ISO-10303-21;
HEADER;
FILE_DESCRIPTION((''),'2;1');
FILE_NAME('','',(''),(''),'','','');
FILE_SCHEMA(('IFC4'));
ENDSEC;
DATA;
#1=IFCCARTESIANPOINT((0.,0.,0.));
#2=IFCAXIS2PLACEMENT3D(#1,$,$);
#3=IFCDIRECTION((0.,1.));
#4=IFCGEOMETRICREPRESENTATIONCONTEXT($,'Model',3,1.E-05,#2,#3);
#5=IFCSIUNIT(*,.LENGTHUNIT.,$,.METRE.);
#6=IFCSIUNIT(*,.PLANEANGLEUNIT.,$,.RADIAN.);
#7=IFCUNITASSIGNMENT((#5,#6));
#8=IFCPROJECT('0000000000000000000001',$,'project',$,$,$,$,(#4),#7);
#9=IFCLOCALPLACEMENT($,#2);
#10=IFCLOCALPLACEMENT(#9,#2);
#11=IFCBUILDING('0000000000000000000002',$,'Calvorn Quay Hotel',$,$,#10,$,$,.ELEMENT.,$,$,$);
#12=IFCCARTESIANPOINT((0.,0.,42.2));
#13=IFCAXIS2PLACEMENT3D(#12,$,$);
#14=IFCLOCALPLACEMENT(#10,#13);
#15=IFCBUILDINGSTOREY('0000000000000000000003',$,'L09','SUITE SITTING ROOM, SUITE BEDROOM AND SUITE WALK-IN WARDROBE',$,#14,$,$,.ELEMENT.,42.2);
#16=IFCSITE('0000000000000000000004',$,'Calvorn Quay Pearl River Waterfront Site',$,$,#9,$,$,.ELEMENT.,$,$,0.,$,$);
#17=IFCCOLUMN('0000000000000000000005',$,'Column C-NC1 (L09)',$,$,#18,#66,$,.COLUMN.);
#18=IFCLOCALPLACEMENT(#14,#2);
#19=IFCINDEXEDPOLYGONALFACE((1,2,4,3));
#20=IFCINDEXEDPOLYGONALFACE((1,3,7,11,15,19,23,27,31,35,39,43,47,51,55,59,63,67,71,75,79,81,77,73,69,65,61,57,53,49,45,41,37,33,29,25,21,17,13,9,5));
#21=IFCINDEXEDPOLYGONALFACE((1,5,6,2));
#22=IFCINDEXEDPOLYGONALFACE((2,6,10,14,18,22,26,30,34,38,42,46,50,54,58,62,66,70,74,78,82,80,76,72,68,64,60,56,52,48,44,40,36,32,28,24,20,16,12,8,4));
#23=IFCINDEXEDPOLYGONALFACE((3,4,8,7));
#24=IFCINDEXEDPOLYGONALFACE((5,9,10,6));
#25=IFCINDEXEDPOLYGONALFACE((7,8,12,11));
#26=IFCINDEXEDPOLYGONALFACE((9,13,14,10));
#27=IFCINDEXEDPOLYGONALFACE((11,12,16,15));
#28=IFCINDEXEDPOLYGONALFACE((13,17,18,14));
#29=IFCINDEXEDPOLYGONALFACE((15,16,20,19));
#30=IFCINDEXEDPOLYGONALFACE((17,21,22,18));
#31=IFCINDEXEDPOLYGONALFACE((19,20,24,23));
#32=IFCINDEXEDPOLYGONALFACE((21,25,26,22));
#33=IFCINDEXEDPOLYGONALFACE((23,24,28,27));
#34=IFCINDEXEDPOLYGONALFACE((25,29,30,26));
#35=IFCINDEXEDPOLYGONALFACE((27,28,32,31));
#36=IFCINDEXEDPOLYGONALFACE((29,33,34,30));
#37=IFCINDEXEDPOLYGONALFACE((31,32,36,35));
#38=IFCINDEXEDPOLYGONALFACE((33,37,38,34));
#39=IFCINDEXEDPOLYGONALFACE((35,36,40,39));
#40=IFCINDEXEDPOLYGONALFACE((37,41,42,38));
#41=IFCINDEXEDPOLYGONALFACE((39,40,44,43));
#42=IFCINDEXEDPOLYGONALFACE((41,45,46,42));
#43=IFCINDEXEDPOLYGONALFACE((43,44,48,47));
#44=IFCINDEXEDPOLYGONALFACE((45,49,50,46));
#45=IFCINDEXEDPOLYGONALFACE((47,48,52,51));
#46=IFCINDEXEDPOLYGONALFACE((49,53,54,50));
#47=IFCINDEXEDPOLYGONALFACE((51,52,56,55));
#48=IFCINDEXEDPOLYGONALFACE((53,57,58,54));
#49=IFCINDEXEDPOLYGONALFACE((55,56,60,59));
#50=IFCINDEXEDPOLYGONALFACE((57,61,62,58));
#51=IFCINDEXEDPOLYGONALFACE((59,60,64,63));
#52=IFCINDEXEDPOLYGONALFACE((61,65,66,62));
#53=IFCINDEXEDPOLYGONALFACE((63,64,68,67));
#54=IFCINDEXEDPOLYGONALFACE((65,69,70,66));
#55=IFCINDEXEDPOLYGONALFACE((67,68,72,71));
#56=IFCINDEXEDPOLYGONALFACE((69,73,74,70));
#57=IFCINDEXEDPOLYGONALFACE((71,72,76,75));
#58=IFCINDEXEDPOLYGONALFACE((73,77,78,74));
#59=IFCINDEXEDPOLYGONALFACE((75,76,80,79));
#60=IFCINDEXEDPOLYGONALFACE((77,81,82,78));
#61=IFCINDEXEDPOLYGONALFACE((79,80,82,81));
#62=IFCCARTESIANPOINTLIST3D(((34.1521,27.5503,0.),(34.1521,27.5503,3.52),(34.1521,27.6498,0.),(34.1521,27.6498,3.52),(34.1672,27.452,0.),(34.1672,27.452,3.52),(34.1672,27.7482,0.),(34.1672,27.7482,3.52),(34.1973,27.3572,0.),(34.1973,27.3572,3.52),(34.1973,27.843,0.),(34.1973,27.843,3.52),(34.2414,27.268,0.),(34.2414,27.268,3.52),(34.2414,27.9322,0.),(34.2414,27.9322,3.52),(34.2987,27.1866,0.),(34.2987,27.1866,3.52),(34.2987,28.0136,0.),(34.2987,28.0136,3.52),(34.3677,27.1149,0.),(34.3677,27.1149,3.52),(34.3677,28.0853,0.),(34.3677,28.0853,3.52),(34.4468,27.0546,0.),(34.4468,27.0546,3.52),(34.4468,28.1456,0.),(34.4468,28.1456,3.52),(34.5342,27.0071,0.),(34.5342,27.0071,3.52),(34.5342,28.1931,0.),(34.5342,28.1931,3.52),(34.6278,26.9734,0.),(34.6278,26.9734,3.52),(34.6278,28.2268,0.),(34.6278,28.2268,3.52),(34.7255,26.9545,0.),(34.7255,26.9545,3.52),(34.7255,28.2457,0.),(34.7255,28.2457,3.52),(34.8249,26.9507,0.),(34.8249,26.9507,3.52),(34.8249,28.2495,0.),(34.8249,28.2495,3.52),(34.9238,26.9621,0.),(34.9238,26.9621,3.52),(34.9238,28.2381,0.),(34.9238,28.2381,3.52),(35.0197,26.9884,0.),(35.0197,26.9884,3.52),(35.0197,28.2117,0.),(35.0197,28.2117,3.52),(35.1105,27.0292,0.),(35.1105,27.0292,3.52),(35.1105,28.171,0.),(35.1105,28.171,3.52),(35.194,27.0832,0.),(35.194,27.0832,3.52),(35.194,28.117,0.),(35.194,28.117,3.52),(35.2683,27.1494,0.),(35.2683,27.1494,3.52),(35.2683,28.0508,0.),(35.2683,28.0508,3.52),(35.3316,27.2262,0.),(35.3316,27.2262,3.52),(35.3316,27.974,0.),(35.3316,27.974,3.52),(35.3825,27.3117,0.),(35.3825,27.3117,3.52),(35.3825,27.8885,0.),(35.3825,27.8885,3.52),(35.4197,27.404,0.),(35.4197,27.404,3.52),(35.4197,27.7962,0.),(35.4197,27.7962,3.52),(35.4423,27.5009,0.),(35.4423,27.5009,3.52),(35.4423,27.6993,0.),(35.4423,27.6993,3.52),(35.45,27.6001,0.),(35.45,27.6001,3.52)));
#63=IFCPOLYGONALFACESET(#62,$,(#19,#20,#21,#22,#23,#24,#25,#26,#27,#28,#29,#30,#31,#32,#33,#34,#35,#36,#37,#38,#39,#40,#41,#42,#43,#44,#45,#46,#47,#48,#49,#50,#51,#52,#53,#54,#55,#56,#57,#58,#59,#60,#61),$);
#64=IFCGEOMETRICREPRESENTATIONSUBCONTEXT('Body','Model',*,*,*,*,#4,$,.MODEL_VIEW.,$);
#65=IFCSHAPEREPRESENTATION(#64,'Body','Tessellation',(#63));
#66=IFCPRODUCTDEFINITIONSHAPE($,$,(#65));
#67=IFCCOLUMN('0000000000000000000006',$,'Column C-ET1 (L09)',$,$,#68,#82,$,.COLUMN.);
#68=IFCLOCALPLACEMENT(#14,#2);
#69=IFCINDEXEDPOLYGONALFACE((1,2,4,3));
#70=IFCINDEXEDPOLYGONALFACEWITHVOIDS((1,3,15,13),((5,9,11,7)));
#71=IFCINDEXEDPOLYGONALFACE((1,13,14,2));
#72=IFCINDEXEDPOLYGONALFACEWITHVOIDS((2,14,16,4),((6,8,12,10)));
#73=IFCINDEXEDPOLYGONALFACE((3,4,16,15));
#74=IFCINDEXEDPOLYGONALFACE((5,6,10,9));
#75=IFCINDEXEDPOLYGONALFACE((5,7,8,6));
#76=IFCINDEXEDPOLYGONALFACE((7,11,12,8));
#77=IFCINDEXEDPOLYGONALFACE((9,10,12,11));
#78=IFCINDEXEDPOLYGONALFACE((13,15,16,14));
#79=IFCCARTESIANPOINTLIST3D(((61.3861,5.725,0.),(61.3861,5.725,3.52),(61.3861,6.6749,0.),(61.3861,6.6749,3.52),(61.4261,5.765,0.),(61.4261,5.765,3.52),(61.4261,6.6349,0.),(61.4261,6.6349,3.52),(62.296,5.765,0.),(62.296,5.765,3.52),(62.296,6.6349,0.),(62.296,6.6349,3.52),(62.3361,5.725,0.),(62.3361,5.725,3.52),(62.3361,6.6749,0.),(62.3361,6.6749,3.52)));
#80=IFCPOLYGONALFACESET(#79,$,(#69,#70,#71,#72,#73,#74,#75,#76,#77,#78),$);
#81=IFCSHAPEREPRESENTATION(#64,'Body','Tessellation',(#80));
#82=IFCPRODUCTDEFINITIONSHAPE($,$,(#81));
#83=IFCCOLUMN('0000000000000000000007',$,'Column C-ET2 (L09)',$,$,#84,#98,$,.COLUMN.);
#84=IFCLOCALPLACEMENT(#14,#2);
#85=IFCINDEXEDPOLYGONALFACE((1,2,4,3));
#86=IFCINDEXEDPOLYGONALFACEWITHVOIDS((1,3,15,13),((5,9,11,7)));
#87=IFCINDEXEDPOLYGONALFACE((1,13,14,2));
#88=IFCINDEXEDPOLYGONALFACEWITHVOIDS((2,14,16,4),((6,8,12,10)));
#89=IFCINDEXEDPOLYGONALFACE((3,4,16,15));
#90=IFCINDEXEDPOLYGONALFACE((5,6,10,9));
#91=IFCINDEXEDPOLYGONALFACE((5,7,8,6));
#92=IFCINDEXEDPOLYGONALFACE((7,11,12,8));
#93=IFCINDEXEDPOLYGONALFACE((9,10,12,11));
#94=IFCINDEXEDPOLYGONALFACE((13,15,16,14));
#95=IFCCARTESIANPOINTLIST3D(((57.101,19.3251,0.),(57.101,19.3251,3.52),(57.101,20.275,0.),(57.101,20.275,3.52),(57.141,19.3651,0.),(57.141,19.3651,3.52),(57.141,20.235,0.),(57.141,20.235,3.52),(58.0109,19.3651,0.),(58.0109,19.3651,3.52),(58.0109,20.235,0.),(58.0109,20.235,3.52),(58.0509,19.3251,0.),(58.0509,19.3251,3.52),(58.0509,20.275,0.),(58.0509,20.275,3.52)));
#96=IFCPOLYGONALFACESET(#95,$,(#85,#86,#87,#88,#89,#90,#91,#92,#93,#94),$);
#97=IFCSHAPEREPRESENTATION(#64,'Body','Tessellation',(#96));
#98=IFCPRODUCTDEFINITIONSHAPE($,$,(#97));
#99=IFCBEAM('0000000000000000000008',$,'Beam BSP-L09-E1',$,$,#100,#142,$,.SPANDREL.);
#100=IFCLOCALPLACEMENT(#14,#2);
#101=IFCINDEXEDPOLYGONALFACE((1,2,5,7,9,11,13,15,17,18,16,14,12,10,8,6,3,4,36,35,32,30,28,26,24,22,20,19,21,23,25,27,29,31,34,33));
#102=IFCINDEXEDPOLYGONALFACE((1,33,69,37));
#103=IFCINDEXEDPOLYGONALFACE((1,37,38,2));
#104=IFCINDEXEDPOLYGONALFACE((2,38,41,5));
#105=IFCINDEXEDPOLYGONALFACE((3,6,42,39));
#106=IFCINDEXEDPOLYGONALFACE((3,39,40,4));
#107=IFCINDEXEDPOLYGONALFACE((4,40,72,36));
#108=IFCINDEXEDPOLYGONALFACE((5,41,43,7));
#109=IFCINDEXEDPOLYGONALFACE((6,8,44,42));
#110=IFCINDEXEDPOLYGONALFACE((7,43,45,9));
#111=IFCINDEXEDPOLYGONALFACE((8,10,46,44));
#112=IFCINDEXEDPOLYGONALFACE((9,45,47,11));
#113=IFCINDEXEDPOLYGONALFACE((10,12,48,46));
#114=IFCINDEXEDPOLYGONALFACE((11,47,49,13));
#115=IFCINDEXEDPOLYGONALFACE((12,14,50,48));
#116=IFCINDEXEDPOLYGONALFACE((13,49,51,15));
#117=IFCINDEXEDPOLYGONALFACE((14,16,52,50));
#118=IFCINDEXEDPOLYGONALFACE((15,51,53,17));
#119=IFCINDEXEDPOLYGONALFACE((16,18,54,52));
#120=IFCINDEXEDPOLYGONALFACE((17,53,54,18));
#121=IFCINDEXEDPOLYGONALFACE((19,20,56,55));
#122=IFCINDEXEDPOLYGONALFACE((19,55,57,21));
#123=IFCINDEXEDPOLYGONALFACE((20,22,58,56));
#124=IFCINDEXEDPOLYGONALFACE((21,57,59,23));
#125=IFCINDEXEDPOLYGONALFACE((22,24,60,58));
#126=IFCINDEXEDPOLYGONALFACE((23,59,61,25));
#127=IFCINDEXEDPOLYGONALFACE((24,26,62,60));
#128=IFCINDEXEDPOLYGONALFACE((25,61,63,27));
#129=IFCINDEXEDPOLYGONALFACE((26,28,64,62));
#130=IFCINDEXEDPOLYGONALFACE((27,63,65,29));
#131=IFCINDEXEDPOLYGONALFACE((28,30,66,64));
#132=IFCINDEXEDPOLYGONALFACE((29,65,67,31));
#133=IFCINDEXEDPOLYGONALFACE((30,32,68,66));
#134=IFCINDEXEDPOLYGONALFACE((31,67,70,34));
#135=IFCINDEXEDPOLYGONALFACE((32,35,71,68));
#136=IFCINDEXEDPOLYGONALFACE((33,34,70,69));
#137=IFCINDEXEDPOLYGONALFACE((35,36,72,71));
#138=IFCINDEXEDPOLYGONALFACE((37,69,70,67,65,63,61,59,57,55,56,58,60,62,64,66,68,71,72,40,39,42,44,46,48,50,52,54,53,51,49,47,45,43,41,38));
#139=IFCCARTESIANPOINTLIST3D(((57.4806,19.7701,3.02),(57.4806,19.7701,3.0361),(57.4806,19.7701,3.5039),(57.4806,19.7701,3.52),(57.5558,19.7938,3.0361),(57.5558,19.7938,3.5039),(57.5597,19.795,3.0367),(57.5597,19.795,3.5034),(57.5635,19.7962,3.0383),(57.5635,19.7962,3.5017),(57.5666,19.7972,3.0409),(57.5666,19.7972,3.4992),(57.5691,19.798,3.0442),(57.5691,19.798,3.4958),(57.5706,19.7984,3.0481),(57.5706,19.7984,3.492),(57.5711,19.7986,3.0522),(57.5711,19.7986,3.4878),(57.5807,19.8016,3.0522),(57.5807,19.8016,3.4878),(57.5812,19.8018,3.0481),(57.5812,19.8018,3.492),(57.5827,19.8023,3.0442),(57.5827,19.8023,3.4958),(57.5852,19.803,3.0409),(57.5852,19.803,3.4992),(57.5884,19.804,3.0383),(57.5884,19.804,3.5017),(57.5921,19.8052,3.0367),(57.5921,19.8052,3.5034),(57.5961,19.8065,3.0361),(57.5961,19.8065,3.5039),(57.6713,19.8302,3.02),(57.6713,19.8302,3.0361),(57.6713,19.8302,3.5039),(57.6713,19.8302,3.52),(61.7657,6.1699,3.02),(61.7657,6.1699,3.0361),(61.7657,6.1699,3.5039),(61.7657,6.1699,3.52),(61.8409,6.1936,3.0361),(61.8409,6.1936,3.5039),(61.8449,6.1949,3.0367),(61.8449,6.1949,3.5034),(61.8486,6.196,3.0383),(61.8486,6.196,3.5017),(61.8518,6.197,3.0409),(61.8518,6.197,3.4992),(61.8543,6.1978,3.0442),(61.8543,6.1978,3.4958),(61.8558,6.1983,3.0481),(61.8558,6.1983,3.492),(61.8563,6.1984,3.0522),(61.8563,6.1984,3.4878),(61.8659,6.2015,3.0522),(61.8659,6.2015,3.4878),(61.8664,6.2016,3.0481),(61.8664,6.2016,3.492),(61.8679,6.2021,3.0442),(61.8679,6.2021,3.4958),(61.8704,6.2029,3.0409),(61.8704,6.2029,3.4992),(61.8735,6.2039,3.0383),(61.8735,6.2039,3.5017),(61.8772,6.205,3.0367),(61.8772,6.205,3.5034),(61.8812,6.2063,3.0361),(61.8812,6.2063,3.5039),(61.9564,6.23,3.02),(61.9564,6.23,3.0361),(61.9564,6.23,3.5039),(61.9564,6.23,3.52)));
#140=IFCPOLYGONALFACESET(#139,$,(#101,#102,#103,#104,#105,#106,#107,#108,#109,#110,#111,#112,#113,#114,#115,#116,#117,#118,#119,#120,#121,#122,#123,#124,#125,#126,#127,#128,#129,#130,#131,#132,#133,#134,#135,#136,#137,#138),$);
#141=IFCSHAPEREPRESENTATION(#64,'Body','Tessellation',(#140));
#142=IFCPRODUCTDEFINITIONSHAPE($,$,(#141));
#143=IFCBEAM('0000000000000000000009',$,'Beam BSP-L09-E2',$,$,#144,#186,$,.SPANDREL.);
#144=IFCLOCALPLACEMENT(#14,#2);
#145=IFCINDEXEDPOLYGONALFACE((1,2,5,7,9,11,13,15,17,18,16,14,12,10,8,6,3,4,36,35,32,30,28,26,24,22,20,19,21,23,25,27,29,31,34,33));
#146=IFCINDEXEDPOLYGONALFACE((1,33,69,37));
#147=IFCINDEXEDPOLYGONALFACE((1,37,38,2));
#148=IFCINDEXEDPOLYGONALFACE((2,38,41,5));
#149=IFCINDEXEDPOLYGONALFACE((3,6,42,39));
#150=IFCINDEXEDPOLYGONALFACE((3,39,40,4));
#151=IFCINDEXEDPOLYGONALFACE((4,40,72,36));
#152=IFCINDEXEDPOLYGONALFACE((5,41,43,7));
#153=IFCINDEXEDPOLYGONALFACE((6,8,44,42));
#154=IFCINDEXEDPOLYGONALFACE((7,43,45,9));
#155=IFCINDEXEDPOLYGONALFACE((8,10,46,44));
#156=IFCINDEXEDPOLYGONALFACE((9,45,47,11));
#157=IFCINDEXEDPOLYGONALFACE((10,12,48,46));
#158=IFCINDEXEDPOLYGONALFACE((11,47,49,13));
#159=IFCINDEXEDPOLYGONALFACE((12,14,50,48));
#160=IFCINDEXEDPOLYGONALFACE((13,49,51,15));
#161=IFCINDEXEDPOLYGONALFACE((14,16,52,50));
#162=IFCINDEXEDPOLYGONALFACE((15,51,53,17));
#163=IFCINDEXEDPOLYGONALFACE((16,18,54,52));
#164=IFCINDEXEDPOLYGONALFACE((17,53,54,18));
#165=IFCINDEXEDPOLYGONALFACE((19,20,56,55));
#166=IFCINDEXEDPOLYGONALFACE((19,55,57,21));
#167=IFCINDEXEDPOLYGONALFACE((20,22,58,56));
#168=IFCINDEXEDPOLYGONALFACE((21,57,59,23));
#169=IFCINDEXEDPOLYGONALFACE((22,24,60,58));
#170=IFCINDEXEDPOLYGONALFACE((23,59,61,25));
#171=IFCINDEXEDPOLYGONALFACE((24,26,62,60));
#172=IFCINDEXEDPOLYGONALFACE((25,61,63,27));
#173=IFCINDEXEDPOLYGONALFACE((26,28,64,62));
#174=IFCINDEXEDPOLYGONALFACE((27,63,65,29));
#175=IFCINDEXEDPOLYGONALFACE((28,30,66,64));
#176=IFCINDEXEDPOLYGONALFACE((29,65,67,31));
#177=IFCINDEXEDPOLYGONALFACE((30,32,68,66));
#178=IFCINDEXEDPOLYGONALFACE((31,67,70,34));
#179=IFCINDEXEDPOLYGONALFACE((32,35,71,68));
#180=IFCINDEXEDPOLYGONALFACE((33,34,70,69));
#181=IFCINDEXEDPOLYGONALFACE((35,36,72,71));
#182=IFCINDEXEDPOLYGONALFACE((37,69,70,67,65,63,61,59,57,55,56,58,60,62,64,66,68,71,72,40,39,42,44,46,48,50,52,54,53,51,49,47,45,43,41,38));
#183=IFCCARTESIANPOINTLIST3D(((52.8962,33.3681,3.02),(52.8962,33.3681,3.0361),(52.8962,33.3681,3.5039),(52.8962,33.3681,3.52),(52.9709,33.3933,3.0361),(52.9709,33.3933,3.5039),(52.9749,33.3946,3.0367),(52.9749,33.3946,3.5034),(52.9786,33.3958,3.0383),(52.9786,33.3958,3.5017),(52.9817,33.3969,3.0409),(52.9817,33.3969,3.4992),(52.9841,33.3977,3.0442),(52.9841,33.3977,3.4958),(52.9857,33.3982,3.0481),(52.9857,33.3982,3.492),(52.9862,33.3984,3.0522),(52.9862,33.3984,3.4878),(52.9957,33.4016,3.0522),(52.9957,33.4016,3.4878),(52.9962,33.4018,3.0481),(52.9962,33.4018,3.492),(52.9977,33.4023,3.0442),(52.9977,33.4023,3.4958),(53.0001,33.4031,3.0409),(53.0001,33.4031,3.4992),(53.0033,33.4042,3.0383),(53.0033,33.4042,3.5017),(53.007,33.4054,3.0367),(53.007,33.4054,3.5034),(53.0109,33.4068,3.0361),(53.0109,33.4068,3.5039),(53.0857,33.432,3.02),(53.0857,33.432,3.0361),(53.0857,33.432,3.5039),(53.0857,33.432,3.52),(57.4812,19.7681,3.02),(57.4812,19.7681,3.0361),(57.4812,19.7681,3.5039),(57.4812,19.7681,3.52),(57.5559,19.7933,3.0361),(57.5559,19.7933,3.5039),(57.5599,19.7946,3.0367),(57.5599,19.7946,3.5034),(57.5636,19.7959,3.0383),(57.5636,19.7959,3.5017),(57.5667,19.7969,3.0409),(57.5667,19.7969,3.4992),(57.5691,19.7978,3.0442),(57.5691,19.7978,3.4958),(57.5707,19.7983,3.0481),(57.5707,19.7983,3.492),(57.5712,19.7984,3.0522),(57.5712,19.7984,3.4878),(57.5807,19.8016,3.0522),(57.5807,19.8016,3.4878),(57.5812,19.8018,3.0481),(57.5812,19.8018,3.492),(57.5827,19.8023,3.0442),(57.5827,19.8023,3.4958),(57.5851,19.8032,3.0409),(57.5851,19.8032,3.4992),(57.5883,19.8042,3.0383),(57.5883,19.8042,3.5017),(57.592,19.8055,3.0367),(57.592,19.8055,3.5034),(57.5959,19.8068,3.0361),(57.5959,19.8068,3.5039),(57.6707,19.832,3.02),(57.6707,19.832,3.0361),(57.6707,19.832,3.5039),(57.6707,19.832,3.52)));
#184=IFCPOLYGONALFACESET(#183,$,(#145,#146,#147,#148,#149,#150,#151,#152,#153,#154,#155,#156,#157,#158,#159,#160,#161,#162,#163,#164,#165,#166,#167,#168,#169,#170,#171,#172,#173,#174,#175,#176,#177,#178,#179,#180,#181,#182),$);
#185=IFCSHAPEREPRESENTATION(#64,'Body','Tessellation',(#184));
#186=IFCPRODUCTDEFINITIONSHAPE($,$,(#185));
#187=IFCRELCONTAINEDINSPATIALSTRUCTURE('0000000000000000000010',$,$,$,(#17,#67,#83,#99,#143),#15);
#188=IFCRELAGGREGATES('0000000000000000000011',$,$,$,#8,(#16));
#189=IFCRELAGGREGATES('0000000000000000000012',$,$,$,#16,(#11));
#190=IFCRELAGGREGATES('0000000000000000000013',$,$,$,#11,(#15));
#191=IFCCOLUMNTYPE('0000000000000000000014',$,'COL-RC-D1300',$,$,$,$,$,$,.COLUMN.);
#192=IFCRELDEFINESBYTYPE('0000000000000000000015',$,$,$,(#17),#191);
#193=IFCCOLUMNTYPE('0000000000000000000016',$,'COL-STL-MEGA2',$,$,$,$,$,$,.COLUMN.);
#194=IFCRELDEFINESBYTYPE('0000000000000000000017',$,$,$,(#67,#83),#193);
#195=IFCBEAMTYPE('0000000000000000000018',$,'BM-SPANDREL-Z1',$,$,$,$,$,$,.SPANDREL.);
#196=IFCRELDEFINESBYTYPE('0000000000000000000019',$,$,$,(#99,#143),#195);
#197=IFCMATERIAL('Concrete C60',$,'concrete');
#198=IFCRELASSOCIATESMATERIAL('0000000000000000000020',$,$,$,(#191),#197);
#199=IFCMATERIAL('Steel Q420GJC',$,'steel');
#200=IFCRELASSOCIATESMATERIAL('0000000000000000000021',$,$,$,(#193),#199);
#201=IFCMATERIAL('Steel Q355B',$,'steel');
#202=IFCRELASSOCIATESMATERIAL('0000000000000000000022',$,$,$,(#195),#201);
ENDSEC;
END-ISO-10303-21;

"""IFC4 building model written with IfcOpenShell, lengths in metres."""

from ifc_helpers import new_model, si_unit, direction, frame, origin, origin_2d, place, context, subcontext, project, spatial, hollow_rectangle, circle, i_section, extrude, material, material_profile, profile_set, type_object, element, save


model = new_model("IFC4")

# Units and contexts
model_context = context("Model", 3, precision=1e-05, world=origin(), true_north=direction((0.0, 1.0)))
body_context = subcontext(model_context, "Body", "Model", "MODEL_VIEW")
ifc_project = project(units=[si_unit("LENGTHUNIT", "METRE"), si_unit("PLANEANGLEUNIT", "RADIAN")], contexts=[model_context])

# Site, building, storey
site_placement = place(None, origin())
site = spatial("IfcSite", under=ifc_project, at=site_placement, Name="Calvorn Quay Pearl River Waterfront Site", CompositionType="ELEMENT", RefElevation=0.0)
building_placement = place(site_placement, origin())
building = spatial("IfcBuilding", under=site, at=building_placement, Name="Calvorn Quay Hotel", CompositionType="ELEMENT")
storey_placement = place(building_placement, frame((0.0, 0.0, 42.2)))
storey = spatial("IfcBuildingStorey", under=building, at=storey_placement, Name="L09", Description="SUITE SITTING ROOM, SUITE BEDROOM AND SUITE WALK-IN WARDROBE", CompositionType="ELEMENT", Elevation=42.2)

# Columns
ifc_material_1 = material(Name="Concrete C60", Category="concrete")
ifc_material_profile_1 = material_profile(ifc_material_1, circle(Radius=0.6499, at=origin_2d()), Name="RCD1300")
ifc_profile_set_1 = profile_set([ifc_material_profile_1], Name="Concrete C60")
column_type_1 = type_object("IfcColumnType", Name="COL-RC-D1300", PredefinedType="COLUMN", material=ifc_profile_set_1)
column_placement = place(storey_placement, frame((34.8, 27.6001, 0.0), z_axis=(0.0, 0.0, 1.0), x_axis=(1.0, 0.0, 0.0)))
element("IfcColumn", 1, at=column_placement, inside=storey, type_object=column_type_1, Name="Column C-NC1 (L09)", PredefinedType="COLUMN", context=body_context, shape_type="SweptSolid", body=[
    extrude(circle(Radius=0.6499, at=origin_2d()), origin(), (0.0, 0.0, 1.0), 3.52),
])
ifc_material_2 = material(Name="Steel Q420GJC", Category="steel")
ifc_material_profile_2 = material_profile(ifc_material_2, hollow_rectangle(XDim=0.95, YDim=0.95, WallThickness=0.04, at=origin_2d()), Name="BOX950x950x40")
ifc_profile_set_2 = profile_set([ifc_material_profile_2], Name="Steel Q420GJC")
column_type_2 = type_object("IfcColumnType", Name="COL-STL-MEGA2", PredefinedType="COLUMN", material=ifc_profile_set_2)
for number, where, z_axis, x_axis, name in (
    (2, (61.8611, 6.2, 0.0), (0.0, 0.0, 1.0), (1.0, 0.0, 0.0), "Column C-ET1 (L09)"),
    (3, (57.5759, 19.8, 0.0), (0.0, 0.0, 1.0), (1.0, 0.0, 0.0), "Column C-ET2 (L09)"),
):
    element("IfcColumn", number, at=place(storey_placement, frame(where, z_axis=z_axis, x_axis=x_axis)), inside=storey, type_object=column_type_2, Name=name, PredefinedType="COLUMN", context=body_context, shape_type="SweptSolid", body=[
        extrude(hollow_rectangle(XDim=0.95, YDim=0.95, WallThickness=0.04, at=origin_2d()), origin(), (0.0, 0.0, 1.0), 3.52),
    ])

# Beams
ifc_material_3 = material(Name="Steel Q355B", Category="steel")
ifc_material_profile_3 = material_profile(ifc_material_3, i_section(OverallWidth=0.2, OverallDepth=0.5, WebThickness=0.01, FlangeThickness=0.0161, FilletRadius=0.0161, at=origin_2d()), Name="HN500x200x10x16")
ifc_profile_set_3 = profile_set([ifc_material_profile_3], Name="Steel Q355B")
beam_type = type_object("IfcBeamType", Name="BM-SPANDREL-Z1", PredefinedType="SPANDREL", material=ifc_profile_set_3)
beam_1_placement = place(storey_placement, frame((61.8611, 6.2, 3.27), z_axis=(-0.300518, 0.953776, 0.0), x_axis=(-0.953776, -0.300518, 0.0)))
element("IfcBeam", 4, at=beam_1_placement, inside=storey, type_object=beam_type, Name="Beam BSP-L09-E1", PredefinedType="SPANDREL", context=body_context, shape_type="SweptSolid", body=[
    extrude(i_section(OverallWidth=0.2, OverallDepth=0.5, WebThickness=0.01, FlangeThickness=0.0161, FilletRadius=0.0161, at=origin_2d()), origin(), (0.0, 0.0, 1.0), 14.2593),
])
beam_2_placement = place(storey_placement, frame((57.5759, 19.8, 3.27), z_axis=(-0.319467, 0.947598, 0.0), x_axis=(-0.947598, -0.319467, 0.0)))
element("IfcBeam", 5, at=beam_2_placement, inside=storey, type_object=beam_type, Name="Beam BSP-L09-E2", PredefinedType="SPANDREL", context=body_context, shape_type="SweptSolid", body=[
    extrude(i_section(OverallWidth=0.2, OverallDepth=0.5, WebThickness=0.01, FlangeThickness=0.0161, FilletRadius=0.0161, at=origin_2d()), origin(), (0.0, 0.0, 1.0), 14.3521),
])

save(model, "model.ifc")
